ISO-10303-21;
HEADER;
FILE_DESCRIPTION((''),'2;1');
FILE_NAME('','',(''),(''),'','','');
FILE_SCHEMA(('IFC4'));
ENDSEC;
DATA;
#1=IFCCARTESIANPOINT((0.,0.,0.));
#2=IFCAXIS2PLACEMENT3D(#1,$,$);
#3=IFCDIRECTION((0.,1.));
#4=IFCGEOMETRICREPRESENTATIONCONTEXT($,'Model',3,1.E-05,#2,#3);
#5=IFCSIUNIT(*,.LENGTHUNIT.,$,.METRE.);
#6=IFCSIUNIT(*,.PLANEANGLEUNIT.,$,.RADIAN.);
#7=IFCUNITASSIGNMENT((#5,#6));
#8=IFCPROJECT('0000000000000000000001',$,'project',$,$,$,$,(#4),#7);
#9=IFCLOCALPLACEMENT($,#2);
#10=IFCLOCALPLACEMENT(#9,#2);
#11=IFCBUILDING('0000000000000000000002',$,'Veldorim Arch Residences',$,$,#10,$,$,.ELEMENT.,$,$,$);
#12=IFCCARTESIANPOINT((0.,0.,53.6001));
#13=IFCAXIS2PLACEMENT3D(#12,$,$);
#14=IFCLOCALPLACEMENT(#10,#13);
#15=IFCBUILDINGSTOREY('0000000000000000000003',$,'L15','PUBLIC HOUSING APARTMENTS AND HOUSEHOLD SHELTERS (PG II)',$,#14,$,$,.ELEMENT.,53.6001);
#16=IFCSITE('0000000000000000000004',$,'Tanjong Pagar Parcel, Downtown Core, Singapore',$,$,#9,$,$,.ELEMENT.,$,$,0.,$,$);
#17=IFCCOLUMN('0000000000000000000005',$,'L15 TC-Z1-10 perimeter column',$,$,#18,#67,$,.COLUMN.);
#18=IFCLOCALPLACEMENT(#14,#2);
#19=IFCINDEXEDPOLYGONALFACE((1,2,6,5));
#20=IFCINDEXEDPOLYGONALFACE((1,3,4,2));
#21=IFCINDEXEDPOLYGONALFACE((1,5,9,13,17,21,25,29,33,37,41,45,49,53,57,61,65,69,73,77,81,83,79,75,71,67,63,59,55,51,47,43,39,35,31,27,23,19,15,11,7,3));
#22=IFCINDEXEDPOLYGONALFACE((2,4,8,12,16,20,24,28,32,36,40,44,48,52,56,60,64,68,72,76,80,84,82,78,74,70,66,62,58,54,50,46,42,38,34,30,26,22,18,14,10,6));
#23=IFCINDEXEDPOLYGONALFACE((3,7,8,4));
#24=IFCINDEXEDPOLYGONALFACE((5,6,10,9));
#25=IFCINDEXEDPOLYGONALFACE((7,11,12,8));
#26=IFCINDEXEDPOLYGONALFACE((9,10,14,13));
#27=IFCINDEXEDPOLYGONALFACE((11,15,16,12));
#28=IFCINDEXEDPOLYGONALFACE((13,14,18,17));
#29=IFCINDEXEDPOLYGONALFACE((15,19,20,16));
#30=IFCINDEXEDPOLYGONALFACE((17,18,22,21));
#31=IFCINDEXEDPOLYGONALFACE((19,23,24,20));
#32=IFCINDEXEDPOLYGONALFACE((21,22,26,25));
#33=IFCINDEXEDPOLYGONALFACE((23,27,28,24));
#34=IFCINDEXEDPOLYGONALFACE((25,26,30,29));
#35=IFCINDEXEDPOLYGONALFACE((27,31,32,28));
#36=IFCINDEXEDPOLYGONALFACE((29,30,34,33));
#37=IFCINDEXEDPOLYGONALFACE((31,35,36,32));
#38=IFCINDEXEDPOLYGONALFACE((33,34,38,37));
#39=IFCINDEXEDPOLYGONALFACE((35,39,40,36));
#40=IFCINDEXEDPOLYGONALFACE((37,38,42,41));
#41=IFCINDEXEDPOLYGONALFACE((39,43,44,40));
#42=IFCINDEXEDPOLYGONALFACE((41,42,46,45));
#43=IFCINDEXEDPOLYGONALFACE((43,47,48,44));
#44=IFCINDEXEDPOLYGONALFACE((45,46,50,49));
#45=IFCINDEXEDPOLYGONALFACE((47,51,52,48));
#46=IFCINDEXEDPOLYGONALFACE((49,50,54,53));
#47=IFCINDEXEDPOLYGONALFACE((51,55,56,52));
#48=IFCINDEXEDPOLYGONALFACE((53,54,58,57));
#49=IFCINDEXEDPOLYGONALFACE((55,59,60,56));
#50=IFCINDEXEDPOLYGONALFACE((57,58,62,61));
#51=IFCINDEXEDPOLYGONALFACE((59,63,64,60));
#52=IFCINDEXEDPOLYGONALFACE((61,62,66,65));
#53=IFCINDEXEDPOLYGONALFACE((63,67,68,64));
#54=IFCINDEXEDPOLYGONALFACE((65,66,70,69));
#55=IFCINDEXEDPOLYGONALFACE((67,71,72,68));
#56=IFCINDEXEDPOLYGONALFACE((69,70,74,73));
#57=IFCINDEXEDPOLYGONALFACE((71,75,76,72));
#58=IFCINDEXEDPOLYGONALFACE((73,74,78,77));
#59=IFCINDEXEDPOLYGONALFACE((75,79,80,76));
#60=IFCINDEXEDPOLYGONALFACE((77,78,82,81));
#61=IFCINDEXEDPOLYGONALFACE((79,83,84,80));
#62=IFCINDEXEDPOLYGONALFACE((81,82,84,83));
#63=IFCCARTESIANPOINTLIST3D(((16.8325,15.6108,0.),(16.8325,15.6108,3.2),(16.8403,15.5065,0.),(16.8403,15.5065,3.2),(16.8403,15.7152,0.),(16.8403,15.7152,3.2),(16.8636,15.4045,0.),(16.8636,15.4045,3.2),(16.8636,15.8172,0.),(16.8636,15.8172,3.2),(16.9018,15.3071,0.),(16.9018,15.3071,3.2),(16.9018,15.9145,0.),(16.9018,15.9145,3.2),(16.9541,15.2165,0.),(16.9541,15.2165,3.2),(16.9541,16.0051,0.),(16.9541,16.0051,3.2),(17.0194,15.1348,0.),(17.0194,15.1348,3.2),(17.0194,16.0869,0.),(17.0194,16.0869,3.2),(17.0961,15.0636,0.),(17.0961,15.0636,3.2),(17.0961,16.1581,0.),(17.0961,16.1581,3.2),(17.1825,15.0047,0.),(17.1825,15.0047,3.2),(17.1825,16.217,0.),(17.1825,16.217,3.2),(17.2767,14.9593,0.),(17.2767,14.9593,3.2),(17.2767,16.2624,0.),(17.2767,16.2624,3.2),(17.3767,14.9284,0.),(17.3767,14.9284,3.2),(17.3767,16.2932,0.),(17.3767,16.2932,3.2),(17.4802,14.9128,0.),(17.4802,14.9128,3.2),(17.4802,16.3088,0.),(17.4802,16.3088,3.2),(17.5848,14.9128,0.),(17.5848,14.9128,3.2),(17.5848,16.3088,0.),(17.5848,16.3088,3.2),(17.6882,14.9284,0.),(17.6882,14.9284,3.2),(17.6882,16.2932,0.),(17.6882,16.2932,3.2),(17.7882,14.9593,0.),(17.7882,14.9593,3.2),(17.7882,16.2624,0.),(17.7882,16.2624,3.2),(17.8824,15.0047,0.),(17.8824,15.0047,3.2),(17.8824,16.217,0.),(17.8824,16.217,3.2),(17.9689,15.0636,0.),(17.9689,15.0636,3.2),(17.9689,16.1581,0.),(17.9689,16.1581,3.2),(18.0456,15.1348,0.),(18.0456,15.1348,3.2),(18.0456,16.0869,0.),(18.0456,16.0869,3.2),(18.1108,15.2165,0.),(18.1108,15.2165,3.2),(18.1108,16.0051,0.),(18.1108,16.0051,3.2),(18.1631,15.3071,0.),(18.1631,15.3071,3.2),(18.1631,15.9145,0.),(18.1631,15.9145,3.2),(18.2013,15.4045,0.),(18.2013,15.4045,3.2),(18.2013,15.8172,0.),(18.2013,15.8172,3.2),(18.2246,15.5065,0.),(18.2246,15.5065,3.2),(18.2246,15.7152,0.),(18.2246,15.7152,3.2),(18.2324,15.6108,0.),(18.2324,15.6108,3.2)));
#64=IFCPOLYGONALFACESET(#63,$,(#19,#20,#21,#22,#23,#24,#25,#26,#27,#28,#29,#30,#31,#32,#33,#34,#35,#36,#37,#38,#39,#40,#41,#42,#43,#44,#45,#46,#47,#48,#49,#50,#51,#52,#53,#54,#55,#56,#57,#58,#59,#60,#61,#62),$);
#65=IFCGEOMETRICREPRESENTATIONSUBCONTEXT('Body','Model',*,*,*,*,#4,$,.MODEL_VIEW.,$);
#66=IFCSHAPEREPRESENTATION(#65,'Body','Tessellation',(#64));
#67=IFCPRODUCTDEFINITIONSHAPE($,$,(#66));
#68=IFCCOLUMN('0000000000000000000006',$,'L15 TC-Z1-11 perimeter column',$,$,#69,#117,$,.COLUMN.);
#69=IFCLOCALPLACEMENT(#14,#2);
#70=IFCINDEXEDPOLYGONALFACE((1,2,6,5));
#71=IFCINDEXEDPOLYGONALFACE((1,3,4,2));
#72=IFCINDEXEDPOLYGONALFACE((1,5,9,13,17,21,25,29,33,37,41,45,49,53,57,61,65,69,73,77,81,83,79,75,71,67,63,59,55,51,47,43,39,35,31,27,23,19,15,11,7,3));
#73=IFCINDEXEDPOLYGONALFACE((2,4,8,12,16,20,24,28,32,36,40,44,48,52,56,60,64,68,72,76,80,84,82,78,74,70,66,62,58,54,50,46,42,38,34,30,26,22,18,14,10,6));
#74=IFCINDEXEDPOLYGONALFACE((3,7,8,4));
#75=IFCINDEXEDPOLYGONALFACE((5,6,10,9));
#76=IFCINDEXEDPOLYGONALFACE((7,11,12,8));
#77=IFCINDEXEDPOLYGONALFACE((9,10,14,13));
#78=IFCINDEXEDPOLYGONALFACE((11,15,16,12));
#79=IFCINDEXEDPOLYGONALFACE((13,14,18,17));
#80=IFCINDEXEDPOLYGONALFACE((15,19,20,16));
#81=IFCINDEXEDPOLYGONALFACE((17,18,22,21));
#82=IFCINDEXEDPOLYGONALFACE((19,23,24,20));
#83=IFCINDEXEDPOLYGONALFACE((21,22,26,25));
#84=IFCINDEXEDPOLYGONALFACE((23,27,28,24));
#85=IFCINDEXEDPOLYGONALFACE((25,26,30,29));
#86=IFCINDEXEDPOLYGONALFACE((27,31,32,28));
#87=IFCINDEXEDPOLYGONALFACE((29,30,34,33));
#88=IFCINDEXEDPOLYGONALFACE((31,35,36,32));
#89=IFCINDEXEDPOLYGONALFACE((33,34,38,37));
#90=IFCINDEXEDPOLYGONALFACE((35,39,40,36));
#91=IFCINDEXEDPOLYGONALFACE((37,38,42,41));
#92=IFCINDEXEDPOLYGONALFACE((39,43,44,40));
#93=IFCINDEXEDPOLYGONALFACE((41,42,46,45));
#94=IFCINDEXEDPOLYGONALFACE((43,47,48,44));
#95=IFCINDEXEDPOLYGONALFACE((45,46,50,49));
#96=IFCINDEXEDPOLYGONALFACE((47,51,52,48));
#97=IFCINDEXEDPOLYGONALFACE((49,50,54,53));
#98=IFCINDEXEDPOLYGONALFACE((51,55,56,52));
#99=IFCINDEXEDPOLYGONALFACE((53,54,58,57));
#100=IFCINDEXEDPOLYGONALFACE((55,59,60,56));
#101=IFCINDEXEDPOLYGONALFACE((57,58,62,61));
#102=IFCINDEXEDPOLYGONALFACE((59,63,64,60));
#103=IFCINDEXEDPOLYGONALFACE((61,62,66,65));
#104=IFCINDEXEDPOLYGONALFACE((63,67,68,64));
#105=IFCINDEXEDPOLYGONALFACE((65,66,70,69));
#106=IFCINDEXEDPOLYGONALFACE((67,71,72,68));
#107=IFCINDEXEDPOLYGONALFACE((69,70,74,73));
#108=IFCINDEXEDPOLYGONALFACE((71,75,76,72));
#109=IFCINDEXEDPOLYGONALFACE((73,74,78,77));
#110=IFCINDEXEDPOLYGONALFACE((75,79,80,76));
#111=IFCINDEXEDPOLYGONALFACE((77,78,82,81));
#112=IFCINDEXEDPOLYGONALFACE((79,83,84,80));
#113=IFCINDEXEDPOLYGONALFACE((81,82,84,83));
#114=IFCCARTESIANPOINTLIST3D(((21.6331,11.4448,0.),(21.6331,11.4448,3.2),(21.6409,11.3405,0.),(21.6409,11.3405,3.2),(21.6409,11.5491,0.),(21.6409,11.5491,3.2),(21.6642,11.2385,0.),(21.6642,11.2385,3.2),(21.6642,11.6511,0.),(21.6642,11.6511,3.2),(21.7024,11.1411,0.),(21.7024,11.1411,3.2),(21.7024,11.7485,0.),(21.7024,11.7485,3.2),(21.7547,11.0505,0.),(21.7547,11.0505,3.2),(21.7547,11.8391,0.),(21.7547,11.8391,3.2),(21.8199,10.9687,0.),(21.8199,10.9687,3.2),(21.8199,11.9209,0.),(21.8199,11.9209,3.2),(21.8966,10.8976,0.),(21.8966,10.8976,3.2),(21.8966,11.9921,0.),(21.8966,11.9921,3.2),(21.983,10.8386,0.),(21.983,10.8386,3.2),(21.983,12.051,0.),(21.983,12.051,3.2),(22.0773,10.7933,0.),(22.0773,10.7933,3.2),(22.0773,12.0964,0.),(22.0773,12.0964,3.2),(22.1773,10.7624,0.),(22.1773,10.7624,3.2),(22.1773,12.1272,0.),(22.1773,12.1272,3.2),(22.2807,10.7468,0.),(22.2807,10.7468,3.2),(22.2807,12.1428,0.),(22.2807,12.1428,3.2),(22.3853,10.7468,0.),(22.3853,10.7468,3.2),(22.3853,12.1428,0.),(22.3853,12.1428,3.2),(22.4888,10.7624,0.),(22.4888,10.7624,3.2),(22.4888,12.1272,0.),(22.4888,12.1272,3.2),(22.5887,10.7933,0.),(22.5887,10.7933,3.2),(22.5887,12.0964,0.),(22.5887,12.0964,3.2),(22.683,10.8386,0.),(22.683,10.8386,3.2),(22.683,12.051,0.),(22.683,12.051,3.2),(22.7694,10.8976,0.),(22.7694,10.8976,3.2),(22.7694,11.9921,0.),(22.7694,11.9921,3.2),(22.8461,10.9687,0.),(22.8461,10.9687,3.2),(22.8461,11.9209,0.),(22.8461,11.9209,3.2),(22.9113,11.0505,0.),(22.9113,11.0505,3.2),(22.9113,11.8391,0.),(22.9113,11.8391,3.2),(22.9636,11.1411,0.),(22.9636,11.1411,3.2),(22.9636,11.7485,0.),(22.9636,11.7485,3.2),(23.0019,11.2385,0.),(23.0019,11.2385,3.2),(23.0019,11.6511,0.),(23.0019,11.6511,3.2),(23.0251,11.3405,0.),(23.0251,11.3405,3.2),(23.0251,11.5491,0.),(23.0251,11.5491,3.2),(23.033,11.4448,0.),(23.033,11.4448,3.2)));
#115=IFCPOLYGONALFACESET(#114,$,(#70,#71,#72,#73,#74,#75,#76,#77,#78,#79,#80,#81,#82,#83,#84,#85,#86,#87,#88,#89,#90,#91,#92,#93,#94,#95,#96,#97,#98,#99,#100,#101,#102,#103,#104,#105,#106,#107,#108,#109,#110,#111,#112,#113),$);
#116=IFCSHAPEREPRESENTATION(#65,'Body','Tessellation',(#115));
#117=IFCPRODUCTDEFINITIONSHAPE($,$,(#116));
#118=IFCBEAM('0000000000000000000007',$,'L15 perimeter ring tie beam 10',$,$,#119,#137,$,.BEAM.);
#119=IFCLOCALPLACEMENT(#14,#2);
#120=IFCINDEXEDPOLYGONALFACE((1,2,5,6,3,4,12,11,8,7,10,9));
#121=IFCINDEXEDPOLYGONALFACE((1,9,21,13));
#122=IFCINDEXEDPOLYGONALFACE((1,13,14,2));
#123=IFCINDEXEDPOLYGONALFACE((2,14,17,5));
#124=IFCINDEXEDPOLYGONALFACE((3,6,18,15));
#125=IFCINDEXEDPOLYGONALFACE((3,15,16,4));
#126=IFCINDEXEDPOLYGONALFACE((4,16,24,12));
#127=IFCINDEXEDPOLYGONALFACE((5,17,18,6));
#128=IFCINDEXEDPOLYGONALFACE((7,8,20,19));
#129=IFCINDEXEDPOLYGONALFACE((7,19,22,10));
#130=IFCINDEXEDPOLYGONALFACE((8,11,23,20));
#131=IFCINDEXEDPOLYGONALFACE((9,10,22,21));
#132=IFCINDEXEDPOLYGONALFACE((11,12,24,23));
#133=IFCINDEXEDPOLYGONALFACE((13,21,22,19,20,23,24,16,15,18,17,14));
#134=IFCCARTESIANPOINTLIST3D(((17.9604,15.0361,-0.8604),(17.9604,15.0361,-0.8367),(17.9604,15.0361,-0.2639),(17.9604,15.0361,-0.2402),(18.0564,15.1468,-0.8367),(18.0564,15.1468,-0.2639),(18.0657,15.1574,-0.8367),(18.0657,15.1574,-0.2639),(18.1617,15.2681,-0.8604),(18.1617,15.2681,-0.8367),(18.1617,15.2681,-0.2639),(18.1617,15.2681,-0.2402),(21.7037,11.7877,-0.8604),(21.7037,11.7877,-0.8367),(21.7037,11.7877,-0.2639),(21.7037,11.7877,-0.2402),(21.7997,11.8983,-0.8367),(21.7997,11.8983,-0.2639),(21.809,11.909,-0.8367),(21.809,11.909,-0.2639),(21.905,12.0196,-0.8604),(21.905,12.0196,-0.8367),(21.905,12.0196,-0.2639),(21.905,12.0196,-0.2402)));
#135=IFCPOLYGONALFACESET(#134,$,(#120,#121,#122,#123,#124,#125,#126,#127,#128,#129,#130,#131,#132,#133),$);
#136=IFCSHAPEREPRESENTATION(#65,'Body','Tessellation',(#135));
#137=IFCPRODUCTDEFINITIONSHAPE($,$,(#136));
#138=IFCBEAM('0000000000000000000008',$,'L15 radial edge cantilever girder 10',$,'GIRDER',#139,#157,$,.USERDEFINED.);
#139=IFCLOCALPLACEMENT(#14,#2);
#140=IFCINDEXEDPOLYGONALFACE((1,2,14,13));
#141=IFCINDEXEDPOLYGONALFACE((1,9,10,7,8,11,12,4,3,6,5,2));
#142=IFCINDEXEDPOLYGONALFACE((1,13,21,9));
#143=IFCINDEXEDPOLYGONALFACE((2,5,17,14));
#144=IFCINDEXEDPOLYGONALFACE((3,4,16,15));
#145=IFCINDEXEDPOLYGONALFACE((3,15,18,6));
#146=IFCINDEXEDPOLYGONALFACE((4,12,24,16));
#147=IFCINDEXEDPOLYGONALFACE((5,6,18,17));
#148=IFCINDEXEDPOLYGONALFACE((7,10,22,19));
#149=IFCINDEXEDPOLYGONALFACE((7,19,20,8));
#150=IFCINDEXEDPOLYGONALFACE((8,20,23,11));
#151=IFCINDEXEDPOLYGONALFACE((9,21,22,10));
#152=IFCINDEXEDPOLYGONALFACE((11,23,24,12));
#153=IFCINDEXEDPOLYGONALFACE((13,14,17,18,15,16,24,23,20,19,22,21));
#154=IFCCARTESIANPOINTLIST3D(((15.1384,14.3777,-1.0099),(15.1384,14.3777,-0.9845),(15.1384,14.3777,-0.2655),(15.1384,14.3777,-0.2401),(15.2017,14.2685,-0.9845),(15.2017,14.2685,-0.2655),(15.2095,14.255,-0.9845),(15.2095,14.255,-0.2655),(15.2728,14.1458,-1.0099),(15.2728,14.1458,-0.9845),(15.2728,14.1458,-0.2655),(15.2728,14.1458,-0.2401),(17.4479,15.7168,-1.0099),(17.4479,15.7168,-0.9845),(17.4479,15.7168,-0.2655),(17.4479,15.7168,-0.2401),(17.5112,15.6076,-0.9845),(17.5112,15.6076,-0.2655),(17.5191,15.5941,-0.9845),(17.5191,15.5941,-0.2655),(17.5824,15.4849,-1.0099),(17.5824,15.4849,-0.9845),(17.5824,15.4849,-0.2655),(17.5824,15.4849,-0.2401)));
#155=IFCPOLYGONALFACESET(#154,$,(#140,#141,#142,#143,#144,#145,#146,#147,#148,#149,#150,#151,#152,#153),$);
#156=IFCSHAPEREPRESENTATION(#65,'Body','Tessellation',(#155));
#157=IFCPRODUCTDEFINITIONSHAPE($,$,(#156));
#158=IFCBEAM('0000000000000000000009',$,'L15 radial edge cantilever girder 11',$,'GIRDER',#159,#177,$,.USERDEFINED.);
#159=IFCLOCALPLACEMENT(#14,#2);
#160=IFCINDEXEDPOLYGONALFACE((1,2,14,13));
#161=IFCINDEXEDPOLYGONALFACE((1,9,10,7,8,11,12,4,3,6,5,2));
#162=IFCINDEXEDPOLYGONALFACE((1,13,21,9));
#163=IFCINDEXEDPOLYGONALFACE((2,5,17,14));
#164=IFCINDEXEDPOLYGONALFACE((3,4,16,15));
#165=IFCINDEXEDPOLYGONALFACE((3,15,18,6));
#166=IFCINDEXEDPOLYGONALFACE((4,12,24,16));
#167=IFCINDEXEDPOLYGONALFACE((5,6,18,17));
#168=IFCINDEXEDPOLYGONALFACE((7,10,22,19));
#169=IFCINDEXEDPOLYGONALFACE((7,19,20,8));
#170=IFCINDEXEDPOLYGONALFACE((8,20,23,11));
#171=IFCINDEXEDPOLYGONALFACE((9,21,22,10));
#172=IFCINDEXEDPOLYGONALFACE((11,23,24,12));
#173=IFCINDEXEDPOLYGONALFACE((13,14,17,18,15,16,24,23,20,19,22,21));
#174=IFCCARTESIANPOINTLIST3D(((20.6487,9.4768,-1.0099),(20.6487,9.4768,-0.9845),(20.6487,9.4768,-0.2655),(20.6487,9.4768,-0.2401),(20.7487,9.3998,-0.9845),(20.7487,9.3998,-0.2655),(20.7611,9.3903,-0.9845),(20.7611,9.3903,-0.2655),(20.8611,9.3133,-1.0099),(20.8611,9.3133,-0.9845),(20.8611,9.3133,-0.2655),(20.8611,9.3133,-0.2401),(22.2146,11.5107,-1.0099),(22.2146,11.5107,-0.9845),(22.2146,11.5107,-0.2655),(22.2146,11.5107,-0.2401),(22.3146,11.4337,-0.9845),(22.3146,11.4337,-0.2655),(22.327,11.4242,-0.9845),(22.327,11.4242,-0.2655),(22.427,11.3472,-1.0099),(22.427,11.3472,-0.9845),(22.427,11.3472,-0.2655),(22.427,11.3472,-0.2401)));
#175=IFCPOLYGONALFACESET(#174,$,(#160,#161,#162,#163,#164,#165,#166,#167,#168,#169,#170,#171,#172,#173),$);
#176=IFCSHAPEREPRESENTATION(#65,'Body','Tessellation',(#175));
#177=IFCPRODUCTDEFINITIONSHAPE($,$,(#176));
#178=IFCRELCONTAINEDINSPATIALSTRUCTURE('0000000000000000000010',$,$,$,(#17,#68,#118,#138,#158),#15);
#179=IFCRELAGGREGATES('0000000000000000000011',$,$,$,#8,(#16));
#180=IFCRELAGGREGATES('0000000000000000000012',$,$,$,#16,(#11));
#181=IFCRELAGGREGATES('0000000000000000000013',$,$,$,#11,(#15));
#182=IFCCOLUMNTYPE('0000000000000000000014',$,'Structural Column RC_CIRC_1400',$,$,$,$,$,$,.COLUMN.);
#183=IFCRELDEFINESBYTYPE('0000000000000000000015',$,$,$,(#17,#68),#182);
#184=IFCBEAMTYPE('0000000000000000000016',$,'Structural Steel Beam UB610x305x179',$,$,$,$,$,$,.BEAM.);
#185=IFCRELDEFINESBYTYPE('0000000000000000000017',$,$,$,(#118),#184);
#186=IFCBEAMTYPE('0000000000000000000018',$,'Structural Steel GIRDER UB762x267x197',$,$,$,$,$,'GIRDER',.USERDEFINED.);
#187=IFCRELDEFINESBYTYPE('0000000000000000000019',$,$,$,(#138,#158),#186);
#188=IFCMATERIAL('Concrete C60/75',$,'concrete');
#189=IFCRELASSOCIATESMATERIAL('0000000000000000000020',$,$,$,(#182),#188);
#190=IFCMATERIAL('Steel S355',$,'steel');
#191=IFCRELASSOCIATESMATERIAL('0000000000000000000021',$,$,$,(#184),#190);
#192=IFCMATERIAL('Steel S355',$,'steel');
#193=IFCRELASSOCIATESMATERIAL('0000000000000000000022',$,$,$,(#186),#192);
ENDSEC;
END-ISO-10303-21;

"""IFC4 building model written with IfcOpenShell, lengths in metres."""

from ifc_helpers import new_model, si_unit, direction, frame, origin, origin_2d, place, context, subcontext, project, spatial, circle, i_section, extrude, material, material_profile, profile_set, type_object, element, save


model = new_model("IFC4")

# Units and contexts
model_context = context("Model", 3, precision=1e-05, world=origin(), true_north=direction((0.0, 1.0)))
body_context = subcontext(model_context, "Body", "Model", "MODEL_VIEW")
ifc_project = project(units=[si_unit("LENGTHUNIT", "METRE"), si_unit("PLANEANGLEUNIT", "RADIAN")], contexts=[model_context])

# Site, building, storey
site_placement = place(None, origin())
site = spatial("IfcSite", under=ifc_project, at=site_placement, Name="Tanjong Pagar Parcel, Downtown Core, Singapore", CompositionType="ELEMENT", RefElevation=0.0)
building_placement = place(site_placement, origin())
building = spatial("IfcBuilding", under=site, at=building_placement, Name="Veldorim Arch Residences", CompositionType="ELEMENT")
storey_placement = place(building_placement, frame((0.0, 0.0, 53.6001)))
storey = spatial("IfcBuildingStorey", under=building, at=storey_placement, Name="L15", Description="PUBLIC HOUSING APARTMENTS AND HOUSEHOLD SHELTERS (PG II)", CompositionType="ELEMENT", Elevation=53.6001)

# Columns
ifc_material_1 = material(Name="Concrete C60/75", Category="concrete")
ifc_material_profile_1 = material_profile(ifc_material_1, circle(Radius=0.7, at=origin_2d()), Name="RC_CIRC_1400")
ifc_profile_set_1 = profile_set([ifc_material_profile_1], Name="Concrete C60/75")
column_type = type_object("IfcColumnType", Name="Structural Column RC_CIRC_1400", PredefinedType="COLUMN", material=ifc_profile_set_1)
for number, where, z_axis, x_axis, name in (
    (1, (17.5325, 15.6108, 0.0), (0.0, 0.0, 1.0), (1.0, 0.0, 0.0), "L15 TC-Z1-10 perimeter column"),
    (2, (22.333, 11.4448, 0.0), (0.0, 0.0, 1.0), (1.0, 0.0, 0.0), "L15 TC-Z1-11 perimeter column"),
):
    element("IfcColumn", number, at=place(storey_placement, frame(where, z_axis=z_axis, x_axis=x_axis)), inside=storey, type_object=column_type, Name=name, PredefinedType="COLUMN", context=body_context, shape_type="SweptSolid", body=[
        extrude(circle(Radius=0.7, at=origin_2d()), origin(), (0.0, 0.0, 1.0), 3.2),
    ])

# Beams
ifc_material_2 = material(Name="Steel S355", Category="steel")
ifc_material_profile_2 = material_profile(ifc_material_2, i_section(OverallWidth=0.3071, OverallDepth=0.6201, WebThickness=0.0142, FlangeThickness=0.0237, at=origin_2d()), Name="UB610x305x179")
ifc_profile_set_2 = profile_set([ifc_material_profile_2], Name="Steel S355")
beam_type_1 = type_object("IfcBeamType", Name="Structural Steel Beam UB610x305x179", PredefinedType="BEAM", material=ifc_profile_set_2)
beam_1_placement = place(storey_placement, frame((18.061, 15.1521, -0.5503), z_axis=(0.755265, -0.65542, 0.0), x_axis=(0.65542, 0.755265, 0.0)))
element("IfcBeam", 3, at=beam_1_placement, inside=storey, type_object=beam_type_1, Name="L15 perimeter ring tie beam 10", PredefinedType="BEAM", context=body_context, shape_type="SweptSolid", body=[
    extrude(i_section(OverallWidth=0.3071, OverallDepth=0.6201, WebThickness=0.0142, FlangeThickness=0.0237, at=origin_2d()), origin(), (0.0, 0.0, 1.0), 4.9563),
])
ifc_material_3 = material(Name="Steel S355", Category="steel")
ifc_material_profile_3 = material_profile(ifc_material_3, i_section(OverallWidth=0.2681, OverallDepth=0.7698, WebThickness=0.0156, FlangeThickness=0.0254, at=origin_2d()), Name="UB762x267x197")
ifc_profile_set_3 = profile_set([ifc_material_profile_3], Name="Steel S355")
beam_type_2 = type_object("IfcBeamType", Name="Structural Steel GIRDER UB762x267x197", ElementType="GIRDER", PredefinedType="USERDEFINED", material=ifc_profile_set_3)
beam_2_placement = place(storey_placement, frame((17.5151, 15.6008, -0.625), z_axis=(-0.865103, -0.501595, 0.0), x_axis=(0.501595, -0.865103, 0.0)))
element("IfcBeam", 4, at=beam_2_placement, inside=storey, type_object=beam_type_2, Name="L15 radial edge cantilever girder 10", ObjectType="GIRDER", PredefinedType="USERDEFINED", context=body_context, shape_type="SweptSolid", body=[
    extrude(i_section(OverallWidth=0.2681, OverallDepth=0.7698, WebThickness=0.0156, FlangeThickness=0.0254, at=origin_2d()), origin(), (0.0, 0.0, 1.0), 2.6697),
])
beam_3_placement = place(storey_placement, frame((22.3208, 11.429, -0.625), z_axis=(-0.610042, -0.792369, 0.0), x_axis=(0.792369, -0.610042, 0.0)))
element("IfcBeam", 5, at=beam_3_placement, inside=storey, type_object=beam_type_2, Name="L15 radial edge cantilever girder 11", ObjectType="GIRDER", PredefinedType="USERDEFINED", context=body_context, shape_type="SweptSolid", body=[
    extrude(i_section(OverallWidth=0.2681, OverallDepth=0.7698, WebThickness=0.0156, FlangeThickness=0.0254, at=origin_2d()), origin(), (0.0, 0.0, 1.0), 2.5669),
])

save(model, "model.ifc")
